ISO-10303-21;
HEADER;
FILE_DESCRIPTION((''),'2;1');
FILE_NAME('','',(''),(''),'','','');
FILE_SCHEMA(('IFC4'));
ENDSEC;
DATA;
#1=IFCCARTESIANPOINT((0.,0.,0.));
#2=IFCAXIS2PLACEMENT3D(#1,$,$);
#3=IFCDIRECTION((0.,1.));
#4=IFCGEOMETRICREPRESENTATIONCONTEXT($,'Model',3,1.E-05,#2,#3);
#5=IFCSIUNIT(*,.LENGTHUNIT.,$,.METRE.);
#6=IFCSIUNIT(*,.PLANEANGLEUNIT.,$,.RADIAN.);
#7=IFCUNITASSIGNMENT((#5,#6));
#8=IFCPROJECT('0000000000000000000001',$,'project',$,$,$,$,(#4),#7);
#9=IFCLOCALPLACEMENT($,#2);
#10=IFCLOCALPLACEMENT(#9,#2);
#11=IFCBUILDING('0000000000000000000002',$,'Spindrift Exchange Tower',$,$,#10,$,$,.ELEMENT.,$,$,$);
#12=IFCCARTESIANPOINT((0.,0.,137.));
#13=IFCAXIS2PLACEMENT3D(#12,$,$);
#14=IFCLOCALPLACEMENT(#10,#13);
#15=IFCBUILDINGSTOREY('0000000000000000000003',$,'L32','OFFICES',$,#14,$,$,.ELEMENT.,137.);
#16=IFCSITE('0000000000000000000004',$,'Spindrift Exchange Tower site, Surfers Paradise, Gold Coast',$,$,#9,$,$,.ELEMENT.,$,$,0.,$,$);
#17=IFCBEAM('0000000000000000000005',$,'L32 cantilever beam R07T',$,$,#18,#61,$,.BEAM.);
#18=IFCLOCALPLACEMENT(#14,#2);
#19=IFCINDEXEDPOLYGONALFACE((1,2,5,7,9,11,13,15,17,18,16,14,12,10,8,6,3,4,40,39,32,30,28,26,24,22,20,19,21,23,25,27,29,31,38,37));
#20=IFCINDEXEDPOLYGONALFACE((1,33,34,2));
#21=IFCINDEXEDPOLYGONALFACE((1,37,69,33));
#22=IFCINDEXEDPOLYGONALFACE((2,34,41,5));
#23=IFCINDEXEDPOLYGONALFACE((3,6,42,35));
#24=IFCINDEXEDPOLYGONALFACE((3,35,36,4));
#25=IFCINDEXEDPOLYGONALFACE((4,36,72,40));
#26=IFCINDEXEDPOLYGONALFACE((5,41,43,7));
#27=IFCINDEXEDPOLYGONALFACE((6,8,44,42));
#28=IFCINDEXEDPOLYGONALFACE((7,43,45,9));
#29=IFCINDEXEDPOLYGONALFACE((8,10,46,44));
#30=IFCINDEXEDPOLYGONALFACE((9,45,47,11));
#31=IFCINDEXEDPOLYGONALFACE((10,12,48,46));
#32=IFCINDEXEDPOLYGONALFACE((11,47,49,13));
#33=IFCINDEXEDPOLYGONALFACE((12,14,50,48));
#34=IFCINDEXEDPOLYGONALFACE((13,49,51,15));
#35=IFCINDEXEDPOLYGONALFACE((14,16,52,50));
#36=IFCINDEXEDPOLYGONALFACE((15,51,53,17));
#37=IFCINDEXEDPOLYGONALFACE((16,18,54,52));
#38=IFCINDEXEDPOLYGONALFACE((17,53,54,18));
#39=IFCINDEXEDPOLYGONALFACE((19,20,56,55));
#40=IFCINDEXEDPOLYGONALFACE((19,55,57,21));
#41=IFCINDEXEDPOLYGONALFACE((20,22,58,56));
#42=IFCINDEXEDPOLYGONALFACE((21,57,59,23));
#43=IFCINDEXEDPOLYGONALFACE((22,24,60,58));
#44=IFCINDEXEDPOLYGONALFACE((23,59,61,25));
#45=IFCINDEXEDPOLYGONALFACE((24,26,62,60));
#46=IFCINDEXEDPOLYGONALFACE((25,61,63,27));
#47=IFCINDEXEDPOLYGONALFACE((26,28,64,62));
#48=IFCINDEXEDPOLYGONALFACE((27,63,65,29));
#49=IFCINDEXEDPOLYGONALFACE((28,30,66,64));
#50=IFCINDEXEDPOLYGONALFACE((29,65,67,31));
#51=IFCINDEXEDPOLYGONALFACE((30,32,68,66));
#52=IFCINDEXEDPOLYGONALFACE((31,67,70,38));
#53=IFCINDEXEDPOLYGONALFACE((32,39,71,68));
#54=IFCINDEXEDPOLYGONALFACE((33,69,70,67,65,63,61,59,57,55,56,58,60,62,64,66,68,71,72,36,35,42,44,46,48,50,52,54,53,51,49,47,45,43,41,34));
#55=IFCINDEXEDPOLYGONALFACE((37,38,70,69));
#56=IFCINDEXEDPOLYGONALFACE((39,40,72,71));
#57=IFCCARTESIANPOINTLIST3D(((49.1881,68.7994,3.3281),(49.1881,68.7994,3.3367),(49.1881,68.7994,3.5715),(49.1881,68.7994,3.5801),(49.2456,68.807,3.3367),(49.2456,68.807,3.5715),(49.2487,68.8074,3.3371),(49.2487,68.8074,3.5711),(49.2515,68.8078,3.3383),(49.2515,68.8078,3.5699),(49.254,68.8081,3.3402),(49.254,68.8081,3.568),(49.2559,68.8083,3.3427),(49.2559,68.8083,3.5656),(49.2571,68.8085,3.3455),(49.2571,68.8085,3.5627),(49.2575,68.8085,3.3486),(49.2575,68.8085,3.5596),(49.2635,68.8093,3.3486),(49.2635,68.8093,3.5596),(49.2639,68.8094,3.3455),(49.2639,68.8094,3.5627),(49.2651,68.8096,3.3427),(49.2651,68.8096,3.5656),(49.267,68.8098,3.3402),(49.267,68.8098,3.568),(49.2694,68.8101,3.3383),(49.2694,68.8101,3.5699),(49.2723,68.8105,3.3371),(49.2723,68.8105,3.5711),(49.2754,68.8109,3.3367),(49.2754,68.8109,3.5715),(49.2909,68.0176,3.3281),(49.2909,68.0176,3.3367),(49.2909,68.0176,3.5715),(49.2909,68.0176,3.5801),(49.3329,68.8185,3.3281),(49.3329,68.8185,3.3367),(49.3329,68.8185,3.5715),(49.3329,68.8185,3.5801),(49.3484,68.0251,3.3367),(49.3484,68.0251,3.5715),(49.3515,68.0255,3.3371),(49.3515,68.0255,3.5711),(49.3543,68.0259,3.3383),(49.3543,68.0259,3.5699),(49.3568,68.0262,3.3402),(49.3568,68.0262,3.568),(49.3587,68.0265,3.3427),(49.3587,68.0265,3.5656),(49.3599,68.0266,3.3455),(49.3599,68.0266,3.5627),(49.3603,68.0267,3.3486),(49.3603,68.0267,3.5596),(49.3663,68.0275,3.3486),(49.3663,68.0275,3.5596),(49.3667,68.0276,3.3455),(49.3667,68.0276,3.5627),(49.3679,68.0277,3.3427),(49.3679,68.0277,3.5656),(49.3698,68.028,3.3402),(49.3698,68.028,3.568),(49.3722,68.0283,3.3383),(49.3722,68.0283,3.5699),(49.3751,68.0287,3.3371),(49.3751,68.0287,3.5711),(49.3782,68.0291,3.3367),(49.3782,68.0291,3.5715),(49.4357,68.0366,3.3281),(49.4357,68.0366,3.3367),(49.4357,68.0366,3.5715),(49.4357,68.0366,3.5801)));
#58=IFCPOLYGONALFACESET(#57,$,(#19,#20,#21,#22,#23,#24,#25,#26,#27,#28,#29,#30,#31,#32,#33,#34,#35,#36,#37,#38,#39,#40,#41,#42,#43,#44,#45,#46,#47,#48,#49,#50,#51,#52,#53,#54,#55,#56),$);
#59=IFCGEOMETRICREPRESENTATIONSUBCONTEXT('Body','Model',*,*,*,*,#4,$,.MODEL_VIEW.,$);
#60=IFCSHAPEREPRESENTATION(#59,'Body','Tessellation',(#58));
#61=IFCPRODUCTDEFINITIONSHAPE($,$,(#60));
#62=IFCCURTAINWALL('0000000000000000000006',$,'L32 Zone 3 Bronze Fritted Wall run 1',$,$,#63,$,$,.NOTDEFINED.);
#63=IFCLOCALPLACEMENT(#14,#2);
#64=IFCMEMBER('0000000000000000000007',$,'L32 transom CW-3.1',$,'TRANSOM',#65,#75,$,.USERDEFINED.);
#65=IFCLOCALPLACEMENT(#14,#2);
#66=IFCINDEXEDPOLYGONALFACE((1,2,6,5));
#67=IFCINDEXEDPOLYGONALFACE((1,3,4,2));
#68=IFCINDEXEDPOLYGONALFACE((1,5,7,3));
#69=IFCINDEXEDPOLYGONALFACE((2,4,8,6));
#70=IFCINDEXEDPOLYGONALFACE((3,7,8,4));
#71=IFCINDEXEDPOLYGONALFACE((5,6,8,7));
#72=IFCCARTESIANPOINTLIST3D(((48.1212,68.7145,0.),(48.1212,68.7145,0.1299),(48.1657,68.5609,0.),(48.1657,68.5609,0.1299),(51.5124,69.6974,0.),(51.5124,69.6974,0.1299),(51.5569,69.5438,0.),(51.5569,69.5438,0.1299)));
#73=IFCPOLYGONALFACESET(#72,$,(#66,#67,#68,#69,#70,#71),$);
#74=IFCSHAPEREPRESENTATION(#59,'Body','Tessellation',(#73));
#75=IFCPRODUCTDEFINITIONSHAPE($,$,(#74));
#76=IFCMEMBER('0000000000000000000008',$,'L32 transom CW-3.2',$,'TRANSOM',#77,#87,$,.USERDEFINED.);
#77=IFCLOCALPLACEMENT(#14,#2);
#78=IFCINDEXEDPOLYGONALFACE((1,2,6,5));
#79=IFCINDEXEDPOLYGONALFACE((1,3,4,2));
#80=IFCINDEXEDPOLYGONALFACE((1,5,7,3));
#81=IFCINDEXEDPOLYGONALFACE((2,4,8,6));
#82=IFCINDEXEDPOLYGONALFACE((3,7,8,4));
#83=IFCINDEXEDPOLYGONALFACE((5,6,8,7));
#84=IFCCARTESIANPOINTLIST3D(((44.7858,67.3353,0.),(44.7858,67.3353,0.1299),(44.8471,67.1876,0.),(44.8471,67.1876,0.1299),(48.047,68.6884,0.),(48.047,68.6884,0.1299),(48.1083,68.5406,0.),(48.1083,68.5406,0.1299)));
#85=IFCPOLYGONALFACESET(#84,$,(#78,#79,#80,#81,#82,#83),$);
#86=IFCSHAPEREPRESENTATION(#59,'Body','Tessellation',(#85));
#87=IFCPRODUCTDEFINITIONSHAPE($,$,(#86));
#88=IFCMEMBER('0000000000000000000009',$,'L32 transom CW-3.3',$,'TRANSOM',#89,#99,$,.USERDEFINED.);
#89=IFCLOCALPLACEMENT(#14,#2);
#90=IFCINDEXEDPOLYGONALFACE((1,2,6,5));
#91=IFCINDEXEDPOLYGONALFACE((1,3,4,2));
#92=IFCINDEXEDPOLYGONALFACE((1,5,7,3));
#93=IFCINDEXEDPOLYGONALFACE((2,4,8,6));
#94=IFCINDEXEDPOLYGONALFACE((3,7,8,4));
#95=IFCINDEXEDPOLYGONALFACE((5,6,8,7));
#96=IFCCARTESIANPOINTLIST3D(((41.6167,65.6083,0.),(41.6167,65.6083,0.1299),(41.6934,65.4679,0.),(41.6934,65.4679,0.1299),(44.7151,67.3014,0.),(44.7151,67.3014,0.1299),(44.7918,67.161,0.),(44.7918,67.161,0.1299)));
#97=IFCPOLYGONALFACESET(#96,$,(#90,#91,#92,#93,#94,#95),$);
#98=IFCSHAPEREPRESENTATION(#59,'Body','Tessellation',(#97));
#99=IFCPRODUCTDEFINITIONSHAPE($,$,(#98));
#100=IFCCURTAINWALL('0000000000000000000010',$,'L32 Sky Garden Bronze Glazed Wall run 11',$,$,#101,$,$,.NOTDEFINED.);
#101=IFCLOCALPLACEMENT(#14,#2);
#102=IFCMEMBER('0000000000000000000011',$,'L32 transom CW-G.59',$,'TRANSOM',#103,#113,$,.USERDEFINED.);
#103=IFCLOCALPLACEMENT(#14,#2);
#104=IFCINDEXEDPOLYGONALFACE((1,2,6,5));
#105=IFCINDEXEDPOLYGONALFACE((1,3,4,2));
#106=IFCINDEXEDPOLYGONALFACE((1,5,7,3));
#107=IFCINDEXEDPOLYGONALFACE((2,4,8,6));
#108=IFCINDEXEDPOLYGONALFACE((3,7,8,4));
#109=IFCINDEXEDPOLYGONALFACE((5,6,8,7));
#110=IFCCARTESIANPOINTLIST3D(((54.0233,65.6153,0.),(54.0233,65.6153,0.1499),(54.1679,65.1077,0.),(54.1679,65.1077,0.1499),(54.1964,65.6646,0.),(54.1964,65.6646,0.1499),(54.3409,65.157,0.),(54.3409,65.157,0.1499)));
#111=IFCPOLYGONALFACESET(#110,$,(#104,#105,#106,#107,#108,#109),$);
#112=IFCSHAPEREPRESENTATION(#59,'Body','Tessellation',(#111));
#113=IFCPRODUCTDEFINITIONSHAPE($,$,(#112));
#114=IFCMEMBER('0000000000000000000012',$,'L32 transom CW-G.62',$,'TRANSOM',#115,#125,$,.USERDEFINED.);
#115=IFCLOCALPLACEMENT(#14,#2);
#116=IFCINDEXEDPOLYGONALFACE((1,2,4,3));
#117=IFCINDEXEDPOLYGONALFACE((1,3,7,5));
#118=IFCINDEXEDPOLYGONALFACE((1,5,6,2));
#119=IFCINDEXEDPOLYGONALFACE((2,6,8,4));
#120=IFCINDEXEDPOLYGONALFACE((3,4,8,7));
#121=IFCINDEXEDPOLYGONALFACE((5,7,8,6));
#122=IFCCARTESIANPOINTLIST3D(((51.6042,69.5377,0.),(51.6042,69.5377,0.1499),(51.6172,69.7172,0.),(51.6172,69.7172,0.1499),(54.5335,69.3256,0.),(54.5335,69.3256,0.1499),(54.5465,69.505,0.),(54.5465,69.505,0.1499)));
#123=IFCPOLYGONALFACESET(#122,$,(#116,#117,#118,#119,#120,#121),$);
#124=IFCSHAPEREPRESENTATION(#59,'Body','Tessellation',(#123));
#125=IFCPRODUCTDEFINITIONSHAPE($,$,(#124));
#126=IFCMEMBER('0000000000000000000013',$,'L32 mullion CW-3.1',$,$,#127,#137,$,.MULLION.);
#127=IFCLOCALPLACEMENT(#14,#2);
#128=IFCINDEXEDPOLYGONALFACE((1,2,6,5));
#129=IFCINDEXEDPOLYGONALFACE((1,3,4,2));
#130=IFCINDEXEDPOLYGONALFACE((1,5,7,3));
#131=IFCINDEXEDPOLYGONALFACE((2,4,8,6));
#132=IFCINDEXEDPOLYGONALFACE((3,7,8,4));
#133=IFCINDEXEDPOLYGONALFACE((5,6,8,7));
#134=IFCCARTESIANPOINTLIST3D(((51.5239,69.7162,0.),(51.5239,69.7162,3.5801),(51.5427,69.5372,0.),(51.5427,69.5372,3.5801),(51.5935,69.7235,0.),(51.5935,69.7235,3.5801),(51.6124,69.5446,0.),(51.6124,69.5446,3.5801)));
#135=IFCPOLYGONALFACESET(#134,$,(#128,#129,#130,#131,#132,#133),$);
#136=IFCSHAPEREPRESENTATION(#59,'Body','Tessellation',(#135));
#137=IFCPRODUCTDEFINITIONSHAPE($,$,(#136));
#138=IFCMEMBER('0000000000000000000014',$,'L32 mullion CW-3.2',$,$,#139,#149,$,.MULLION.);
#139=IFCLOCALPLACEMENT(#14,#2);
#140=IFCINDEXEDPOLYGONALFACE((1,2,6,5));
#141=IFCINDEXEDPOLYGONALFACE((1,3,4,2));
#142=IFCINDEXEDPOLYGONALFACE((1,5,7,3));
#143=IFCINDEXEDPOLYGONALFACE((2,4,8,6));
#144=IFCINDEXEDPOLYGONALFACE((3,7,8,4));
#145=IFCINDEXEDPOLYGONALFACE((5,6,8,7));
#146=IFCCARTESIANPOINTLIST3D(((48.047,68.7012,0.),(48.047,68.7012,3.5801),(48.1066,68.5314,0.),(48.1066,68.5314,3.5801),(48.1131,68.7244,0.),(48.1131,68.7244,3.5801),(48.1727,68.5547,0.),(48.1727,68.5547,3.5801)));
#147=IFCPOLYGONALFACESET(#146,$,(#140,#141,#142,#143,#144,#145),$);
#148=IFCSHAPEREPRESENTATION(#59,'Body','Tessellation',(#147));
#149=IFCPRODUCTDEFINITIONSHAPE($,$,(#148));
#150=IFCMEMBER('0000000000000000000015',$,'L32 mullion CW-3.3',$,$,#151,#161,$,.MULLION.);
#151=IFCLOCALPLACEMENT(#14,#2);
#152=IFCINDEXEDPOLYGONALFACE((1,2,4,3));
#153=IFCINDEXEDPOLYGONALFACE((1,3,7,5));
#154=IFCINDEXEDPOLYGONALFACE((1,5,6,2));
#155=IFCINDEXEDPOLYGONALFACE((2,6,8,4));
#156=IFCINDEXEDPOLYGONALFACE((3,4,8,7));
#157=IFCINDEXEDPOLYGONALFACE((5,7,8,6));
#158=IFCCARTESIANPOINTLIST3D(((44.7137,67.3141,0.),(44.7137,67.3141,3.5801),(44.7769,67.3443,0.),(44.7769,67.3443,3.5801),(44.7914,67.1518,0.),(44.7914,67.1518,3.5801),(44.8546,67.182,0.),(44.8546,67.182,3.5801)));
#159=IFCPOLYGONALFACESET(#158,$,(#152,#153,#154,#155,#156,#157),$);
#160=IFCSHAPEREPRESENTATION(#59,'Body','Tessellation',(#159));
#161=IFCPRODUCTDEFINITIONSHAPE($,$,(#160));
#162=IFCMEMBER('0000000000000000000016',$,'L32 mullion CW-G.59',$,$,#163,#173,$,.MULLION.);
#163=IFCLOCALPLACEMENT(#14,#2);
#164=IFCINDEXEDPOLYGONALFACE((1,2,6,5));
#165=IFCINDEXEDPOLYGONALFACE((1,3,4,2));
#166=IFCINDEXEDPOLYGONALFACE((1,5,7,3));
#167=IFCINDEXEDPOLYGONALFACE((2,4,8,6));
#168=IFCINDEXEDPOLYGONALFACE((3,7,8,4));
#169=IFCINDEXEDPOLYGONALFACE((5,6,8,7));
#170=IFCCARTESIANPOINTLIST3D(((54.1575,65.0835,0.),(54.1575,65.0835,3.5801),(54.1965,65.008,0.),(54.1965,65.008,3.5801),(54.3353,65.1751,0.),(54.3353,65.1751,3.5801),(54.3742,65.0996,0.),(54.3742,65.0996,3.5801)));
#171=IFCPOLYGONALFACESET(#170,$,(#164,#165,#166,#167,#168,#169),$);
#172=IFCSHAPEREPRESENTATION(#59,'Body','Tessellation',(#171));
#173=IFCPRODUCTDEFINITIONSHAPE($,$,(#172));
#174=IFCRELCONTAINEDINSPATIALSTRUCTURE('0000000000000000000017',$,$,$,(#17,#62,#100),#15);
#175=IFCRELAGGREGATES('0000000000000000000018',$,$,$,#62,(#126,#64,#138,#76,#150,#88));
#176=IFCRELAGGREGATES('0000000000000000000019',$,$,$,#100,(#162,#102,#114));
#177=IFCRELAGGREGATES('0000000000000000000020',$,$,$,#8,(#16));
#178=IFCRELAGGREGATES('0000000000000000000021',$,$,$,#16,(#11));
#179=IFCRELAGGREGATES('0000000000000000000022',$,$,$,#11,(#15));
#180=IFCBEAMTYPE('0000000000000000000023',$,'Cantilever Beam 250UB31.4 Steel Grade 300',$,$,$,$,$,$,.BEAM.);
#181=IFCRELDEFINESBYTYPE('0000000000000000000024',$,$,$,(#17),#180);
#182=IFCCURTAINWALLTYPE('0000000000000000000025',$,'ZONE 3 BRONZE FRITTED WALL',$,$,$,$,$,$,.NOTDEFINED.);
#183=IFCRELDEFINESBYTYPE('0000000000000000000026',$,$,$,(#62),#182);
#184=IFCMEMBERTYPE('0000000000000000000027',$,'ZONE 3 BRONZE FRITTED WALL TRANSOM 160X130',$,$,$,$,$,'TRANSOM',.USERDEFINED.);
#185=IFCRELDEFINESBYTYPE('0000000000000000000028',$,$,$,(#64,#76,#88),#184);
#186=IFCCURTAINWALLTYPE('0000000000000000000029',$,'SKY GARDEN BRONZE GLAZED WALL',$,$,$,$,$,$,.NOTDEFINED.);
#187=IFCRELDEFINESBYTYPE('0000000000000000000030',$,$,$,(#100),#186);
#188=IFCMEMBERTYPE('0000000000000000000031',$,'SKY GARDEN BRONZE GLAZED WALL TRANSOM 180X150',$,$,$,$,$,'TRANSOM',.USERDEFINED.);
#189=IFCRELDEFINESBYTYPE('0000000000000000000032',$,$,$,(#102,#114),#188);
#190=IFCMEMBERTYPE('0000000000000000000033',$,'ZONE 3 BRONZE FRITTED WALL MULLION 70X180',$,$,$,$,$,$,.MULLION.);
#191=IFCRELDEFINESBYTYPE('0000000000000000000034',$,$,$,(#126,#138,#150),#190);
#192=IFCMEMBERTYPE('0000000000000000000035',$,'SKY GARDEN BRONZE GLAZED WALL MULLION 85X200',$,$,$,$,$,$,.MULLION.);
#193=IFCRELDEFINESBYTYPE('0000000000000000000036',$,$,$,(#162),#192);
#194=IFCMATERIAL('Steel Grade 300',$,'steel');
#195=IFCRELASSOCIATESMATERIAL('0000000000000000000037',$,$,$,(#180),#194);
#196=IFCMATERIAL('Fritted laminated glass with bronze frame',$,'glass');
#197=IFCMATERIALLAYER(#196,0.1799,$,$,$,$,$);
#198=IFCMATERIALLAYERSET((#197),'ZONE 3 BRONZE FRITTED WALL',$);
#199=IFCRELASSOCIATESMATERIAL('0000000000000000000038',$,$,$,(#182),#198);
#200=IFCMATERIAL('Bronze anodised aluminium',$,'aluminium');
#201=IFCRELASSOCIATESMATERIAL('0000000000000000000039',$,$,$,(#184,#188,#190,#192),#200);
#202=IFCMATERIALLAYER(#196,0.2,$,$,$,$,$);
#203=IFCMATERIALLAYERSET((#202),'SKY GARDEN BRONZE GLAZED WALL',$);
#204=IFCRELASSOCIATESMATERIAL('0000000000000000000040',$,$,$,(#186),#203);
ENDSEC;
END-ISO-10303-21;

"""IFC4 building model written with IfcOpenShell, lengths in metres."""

from ifc_helpers import new_model, si_unit, direction, frame, origin, origin_2d, place, context, subcontext, project, spatial, rectangle, i_section, extrude, source, transform, mapped, material, layer, layer_set, material_profile, profile_set, type_object, element, aggregate, save


model = new_model("IFC4")

# Units and contexts
model_context = context("Model", 3, precision=1e-05, world=origin(), true_north=direction((0.0, 1.0)))
body_context = subcontext(model_context, "Body", "Model", "MODEL_VIEW")
ifc_project = project(units=[si_unit("LENGTHUNIT", "METRE"), si_unit("PLANEANGLEUNIT", "RADIAN")], contexts=[model_context])

# Site, building, storey
site_placement = place(None, origin())
site = spatial("IfcSite", under=ifc_project, at=site_placement, Name="Spindrift Exchange Tower site, Surfers Paradise, Gold Coast", CompositionType="ELEMENT", RefElevation=0.0)
building_placement = place(site_placement, origin())
building = spatial("IfcBuilding", under=site, at=building_placement, Name="Spindrift Exchange Tower", CompositionType="ELEMENT")
storey_placement = place(building_placement, frame((0.0, 0.0, 137.0)))
storey = spatial("IfcBuildingStorey", under=building, at=storey_placement, Name="L32", Description="OFFICES", CompositionType="ELEMENT", Elevation=137.0)

# Beam
ifc_material_1 = material(Name="Steel Grade 300", Category="steel")
ifc_material_profile_1 = material_profile(ifc_material_1, i_section(OverallWidth=0.146, OverallDepth=0.252, WebThickness=0.0061, FlangeThickness=0.0085, FilletRadius=0.012, at=origin_2d()), Name="250UB31.4")
ifc_profile_set_1 = profile_set([ifc_material_profile_1], Name="Steel Grade 300")
beam_type_1 = type_object("IfcBeamType", Name="Cantilever Beam 250UB31.4 Steel Grade 300", PredefinedType="BEAM", material=ifc_profile_set_1)
shared_shape_1 = source(origin(), body_context, "Body", "SweptSolid", [
    extrude(i_section(OverallWidth=0.146, OverallDepth=0.252, WebThickness=0.0061, FlangeThickness=0.0085, FilletRadius=0.012, at=origin_2d()), origin(), (0.0, 0.0, 1.0), 0.7886),
])
beam_1_placement = place(storey_placement, frame((49.3633, 68.0271, 3.4541), z_axis=(-0.130358, 0.991467, 0.0), x_axis=(-0.991467, -0.130358, 0.0)))
element("IfcBeam", 1, at=beam_1_placement, inside=storey, type_object=beam_type_1, Name="L32 cantilever beam R07T", PredefinedType="BEAM", context=body_context, shape_type="MappedRepresentation", body=[
    mapped(shared_shape_1, transform((0.0, 0.0, 0.0), scale=1.0)),
])

# Curtain walls, members
ifc_material_2 = material(Name="Fritted laminated glass with bronze frame", Category="glass")
ifc_layer_1 = layer(ifc_material_2, 0.1799)
ifc_layer_set_1 = layer_set([ifc_layer_1], Name="ZONE 3 BRONZE FRITTED WALL")
curtain_wall_type_1 = type_object("IfcCurtainWallType", Name="ZONE 3 BRONZE FRITTED WALL", PredefinedType="NOTDEFINED", material=ifc_layer_set_1)
curtain_wall_1_placement = place(storey_placement, origin())
curtain_wall_1 = element("IfcCurtainWall", 2, at=curtain_wall_1_placement, inside=storey, type_object=curtain_wall_type_1, Name="L32 Zone 3 Bronze Fritted Wall run 1", PredefinedType="NOTDEFINED")
ifc_material_3 = material(Name="Bronze anodised aluminium", Category="aluminium")
ifc_material_profile_2 = material_profile(ifc_material_3, rectangle(XDim=0.1599, YDim=0.1299, at=origin_2d()), Name="ZONE 3 BRONZE FRITTED WALL TRANSOM 160X130")
ifc_profile_set_2 = profile_set([ifc_material_profile_2], Name="Bronze anodised aluminium")
member_type_1 = type_object("IfcMemberType", Name="ZONE 3 BRONZE FRITTED WALL TRANSOM 160X130", ElementType="TRANSOM", PredefinedType="USERDEFINED", material=ifc_profile_set_2)
shared_shape_2 = source(origin(), body_context, "Body", "SweptSolid", [
    extrude(rectangle(XDim=0.1599, YDim=0.1299, at=origin_2d()), origin(), (0.0, 0.0, 1.0), 3.5308),
])
member_1_placement = place(storey_placement, frame((51.5347, 69.6206, 0.0649), z_axis=(-0.960468, -0.278391, 0.0), x_axis=(0.278391, -0.960468, 0.0)))
member_1 = element("IfcMember", 3, at=member_1_placement, type_object=member_type_1, Name="L32 transom CW-3.1", ObjectType="TRANSOM", PredefinedType="USERDEFINED", context=body_context, shape_type="MappedRepresentation", body=[
    mapped(shared_shape_2, transform((0.0, 0.0, 0.0), scale=1.0)),
])
member_2_placement = place(storey_placement, frame((48.0776, 68.6145, 0.0649), z_axis=(-0.923661, -0.383211, 0.0), x_axis=(0.383211, -0.923661, 0.0)))
member_2 = element("IfcMember", 4, at=member_2_placement, type_object=member_type_1, Name="L32 transom CW-3.2", ObjectType="TRANSOM", PredefinedType="USERDEFINED", context=body_context, shape_type="MappedRepresentation", body=[
    mapped(shared_shape_2, transform((0.0, 0.0, 0.0), scale=1.0)),
])
member_3_placement = place(storey_placement, frame((44.7534, 67.2312, 0.0649), z_axis=(-0.877528, -0.479525, 0.0), x_axis=(0.479525, -0.877528, 0.0)))
member_3 = element("IfcMember", 5, at=member_3_placement, type_object=member_type_1, Name="L32 transom CW-3.3", ObjectType="TRANSOM", PredefinedType="USERDEFINED", context=body_context, shape_type="MappedRepresentation", body=[
    mapped(shared_shape_2, transform((0.0, 0.0, 0.0), scale=1.0)),
])
ifc_layer_2 = layer(ifc_material_2, 0.2)
ifc_layer_set_2 = layer_set([ifc_layer_2], Name="SKY GARDEN BRONZE GLAZED WALL")
curtain_wall_type_2 = type_object("IfcCurtainWallType", Name="SKY GARDEN BRONZE GLAZED WALL", PredefinedType="NOTDEFINED", material=ifc_layer_set_2)
curtain_wall_2_placement = place(storey_placement, origin())
curtain_wall_2 = element("IfcCurtainWall", 6, at=curtain_wall_2_placement, inside=storey, type_object=curtain_wall_type_2, Name="L32 Sky Garden Bronze Glazed Wall run 11", PredefinedType="NOTDEFINED")
ifc_material_profile_3 = material_profile(ifc_material_3, rectangle(XDim=0.1799, YDim=0.1499, at=origin_2d()), Name="SKY GARDEN BRONZE GLAZED WALL TRANSOM 180X150")
ifc_profile_set_3 = profile_set([ifc_material_profile_3], Name="Bronze anodised aluminium")
member_type_2 = type_object("IfcMemberType", Name="SKY GARDEN BRONZE GLAZED WALL TRANSOM 180X150", ElementType="TRANSOM", PredefinedType="USERDEFINED", material=ifc_profile_set_3)
shared_shape_3 = source(origin(), body_context, "Body", "SweptSolid", [
    extrude(rectangle(XDim=0.1799, YDim=0.1499, at=origin_2d()), origin(), (0.0, 0.0, 1.0), 0.5278),
])
member_4_placement = place(storey_placement, frame((54.2544, 65.1323, 0.075), z_axis=(-0.273866, 0.961768, 0.0), x_axis=(-0.961768, -0.273866, 0.0)))
member_4 = element("IfcMember", 7, at=member_4_placement, type_object=member_type_2, Name="L32 transom CW-G.59", ObjectType="TRANSOM", PredefinedType="USERDEFINED", context=body_context, shape_type="MappedRepresentation", body=[
    mapped(shared_shape_3, transform((0.0, 0.0, 0.0), scale=1.0)),
])
shared_shape_4 = source(origin(), body_context, "Body", "SweptSolid", [
    extrude(rectangle(XDim=0.1799, YDim=0.1499, at=origin_2d()), origin(), (0.0, 0.0, 1.0), 2.937),
])
member_5_placement = place(storey_placement, frame((54.54, 69.4153, 0.075), z_axis=(-0.997388, 0.072234, 0.0), x_axis=(-0.072234, -0.997388, 0.0)))
member_5 = element("IfcMember", 8, at=member_5_placement, type_object=member_type_2, Name="L32 transom CW-G.62", ObjectType="TRANSOM", PredefinedType="USERDEFINED", context=body_context, shape_type="MappedRepresentation", body=[
    mapped(shared_shape_4, transform((0.0, 0.0, 0.0), scale=1.0)),
])

# Members
ifc_material_profile_4 = material_profile(ifc_material_3, rectangle(XDim=0.0701, YDim=0.1799, at=origin_2d()), Name="ZONE 3 BRONZE FRITTED WALL MULLION 70X180")
ifc_profile_set_4 = profile_set([ifc_material_profile_4], Name="Bronze anodised aluminium")
member_type_3 = type_object("IfcMemberType", Name="ZONE 3 BRONZE FRITTED WALL MULLION 70X180", PredefinedType="MULLION", material=ifc_profile_set_4)
shared_shape_5 = source(origin(), body_context, "Body", "SweptSolid", [
    extrude(rectangle(XDim=0.0701, YDim=0.1799, at=origin_2d()), origin(), (0.0, 0.0, 1.0), 3.5801),
])
member_6_placement = place(storey_placement, frame((51.5681, 69.6304, 0.0), z_axis=(0.0, 0.0, 1.0), x_axis=(-0.9945, -0.104736, 0.0)))
member_6 = element("IfcMember", 9, at=member_6_placement, type_object=member_type_3, Name="L32 mullion CW-3.1", PredefinedType="MULLION", context=body_context, shape_type="MappedRepresentation", body=[
    mapped(shared_shape_5, transform((0.0, 0.0, 0.0), scale=1.0)),
])
member_7_placement = place(storey_placement, frame((48.1099, 68.6279, 0.0), z_axis=(0.0, 0.0, 1.0), x_axis=(-0.943517, -0.331324, 0.0)))
member_7 = element("IfcMember", 10, at=member_7_placement, type_object=member_type_3, Name="L32 mullion CW-3.2", PredefinedType="MULLION", context=body_context, shape_type="MappedRepresentation", body=[
    mapped(shared_shape_5, transform((0.0, 0.0, 0.0), scale=1.0)),
])
member_8_placement = place(storey_placement, frame((44.7842, 67.248, 0.0), z_axis=(0.0, 0.0, 1.0), x_axis=(-0.901878, -0.431991, 0.0)))
member_8 = element("IfcMember", 11, at=member_8_placement, type_object=member_type_3, Name="L32 mullion CW-3.3", PredefinedType="MULLION", context=body_context, shape_type="MappedRepresentation", body=[
    mapped(shared_shape_5, transform((0.0, 0.0, 0.0), scale=1.0)),
])
ifc_material_profile_5 = material_profile(ifc_material_3, rectangle(XDim=0.085, YDim=0.2, at=origin_2d()), Name="SKY GARDEN BRONZE GLAZED WALL MULLION 85X200")
ifc_profile_set_5 = profile_set([ifc_material_profile_5], Name="Bronze anodised aluminium")
member_type_4 = type_object("IfcMemberType", Name="SKY GARDEN BRONZE GLAZED WALL MULLION 85X200", PredefinedType="MULLION", material=ifc_profile_set_5)
shared_shape_6 = source(origin(), body_context, "Body", "SweptSolid", [
    extrude(rectangle(XDim=0.085, YDim=0.2, at=origin_2d()), origin(), (0.0, 0.0, 1.0), 3.5801),
])
member_9_placement = place(storey_placement, frame((54.2659, 65.0916, 0.0), z_axis=(0.0, 0.0, 1.0), x_axis=(-0.458243, 0.888827, 0.0)))
member_9 = element("IfcMember", 12, at=member_9_placement, type_object=member_type_4, Name="L32 mullion CW-G.59", PredefinedType="MULLION", context=body_context, shape_type="MappedRepresentation", body=[
    mapped(shared_shape_6, transform((0.0, 0.0, 0.0), scale=1.0)),
])

aggregate(curtain_wall_1, [member_6, member_1, member_7, member_2, member_8, member_3])
aggregate(curtain_wall_2, [member_9, member_4, member_5])

save(model, "model.ifc")
